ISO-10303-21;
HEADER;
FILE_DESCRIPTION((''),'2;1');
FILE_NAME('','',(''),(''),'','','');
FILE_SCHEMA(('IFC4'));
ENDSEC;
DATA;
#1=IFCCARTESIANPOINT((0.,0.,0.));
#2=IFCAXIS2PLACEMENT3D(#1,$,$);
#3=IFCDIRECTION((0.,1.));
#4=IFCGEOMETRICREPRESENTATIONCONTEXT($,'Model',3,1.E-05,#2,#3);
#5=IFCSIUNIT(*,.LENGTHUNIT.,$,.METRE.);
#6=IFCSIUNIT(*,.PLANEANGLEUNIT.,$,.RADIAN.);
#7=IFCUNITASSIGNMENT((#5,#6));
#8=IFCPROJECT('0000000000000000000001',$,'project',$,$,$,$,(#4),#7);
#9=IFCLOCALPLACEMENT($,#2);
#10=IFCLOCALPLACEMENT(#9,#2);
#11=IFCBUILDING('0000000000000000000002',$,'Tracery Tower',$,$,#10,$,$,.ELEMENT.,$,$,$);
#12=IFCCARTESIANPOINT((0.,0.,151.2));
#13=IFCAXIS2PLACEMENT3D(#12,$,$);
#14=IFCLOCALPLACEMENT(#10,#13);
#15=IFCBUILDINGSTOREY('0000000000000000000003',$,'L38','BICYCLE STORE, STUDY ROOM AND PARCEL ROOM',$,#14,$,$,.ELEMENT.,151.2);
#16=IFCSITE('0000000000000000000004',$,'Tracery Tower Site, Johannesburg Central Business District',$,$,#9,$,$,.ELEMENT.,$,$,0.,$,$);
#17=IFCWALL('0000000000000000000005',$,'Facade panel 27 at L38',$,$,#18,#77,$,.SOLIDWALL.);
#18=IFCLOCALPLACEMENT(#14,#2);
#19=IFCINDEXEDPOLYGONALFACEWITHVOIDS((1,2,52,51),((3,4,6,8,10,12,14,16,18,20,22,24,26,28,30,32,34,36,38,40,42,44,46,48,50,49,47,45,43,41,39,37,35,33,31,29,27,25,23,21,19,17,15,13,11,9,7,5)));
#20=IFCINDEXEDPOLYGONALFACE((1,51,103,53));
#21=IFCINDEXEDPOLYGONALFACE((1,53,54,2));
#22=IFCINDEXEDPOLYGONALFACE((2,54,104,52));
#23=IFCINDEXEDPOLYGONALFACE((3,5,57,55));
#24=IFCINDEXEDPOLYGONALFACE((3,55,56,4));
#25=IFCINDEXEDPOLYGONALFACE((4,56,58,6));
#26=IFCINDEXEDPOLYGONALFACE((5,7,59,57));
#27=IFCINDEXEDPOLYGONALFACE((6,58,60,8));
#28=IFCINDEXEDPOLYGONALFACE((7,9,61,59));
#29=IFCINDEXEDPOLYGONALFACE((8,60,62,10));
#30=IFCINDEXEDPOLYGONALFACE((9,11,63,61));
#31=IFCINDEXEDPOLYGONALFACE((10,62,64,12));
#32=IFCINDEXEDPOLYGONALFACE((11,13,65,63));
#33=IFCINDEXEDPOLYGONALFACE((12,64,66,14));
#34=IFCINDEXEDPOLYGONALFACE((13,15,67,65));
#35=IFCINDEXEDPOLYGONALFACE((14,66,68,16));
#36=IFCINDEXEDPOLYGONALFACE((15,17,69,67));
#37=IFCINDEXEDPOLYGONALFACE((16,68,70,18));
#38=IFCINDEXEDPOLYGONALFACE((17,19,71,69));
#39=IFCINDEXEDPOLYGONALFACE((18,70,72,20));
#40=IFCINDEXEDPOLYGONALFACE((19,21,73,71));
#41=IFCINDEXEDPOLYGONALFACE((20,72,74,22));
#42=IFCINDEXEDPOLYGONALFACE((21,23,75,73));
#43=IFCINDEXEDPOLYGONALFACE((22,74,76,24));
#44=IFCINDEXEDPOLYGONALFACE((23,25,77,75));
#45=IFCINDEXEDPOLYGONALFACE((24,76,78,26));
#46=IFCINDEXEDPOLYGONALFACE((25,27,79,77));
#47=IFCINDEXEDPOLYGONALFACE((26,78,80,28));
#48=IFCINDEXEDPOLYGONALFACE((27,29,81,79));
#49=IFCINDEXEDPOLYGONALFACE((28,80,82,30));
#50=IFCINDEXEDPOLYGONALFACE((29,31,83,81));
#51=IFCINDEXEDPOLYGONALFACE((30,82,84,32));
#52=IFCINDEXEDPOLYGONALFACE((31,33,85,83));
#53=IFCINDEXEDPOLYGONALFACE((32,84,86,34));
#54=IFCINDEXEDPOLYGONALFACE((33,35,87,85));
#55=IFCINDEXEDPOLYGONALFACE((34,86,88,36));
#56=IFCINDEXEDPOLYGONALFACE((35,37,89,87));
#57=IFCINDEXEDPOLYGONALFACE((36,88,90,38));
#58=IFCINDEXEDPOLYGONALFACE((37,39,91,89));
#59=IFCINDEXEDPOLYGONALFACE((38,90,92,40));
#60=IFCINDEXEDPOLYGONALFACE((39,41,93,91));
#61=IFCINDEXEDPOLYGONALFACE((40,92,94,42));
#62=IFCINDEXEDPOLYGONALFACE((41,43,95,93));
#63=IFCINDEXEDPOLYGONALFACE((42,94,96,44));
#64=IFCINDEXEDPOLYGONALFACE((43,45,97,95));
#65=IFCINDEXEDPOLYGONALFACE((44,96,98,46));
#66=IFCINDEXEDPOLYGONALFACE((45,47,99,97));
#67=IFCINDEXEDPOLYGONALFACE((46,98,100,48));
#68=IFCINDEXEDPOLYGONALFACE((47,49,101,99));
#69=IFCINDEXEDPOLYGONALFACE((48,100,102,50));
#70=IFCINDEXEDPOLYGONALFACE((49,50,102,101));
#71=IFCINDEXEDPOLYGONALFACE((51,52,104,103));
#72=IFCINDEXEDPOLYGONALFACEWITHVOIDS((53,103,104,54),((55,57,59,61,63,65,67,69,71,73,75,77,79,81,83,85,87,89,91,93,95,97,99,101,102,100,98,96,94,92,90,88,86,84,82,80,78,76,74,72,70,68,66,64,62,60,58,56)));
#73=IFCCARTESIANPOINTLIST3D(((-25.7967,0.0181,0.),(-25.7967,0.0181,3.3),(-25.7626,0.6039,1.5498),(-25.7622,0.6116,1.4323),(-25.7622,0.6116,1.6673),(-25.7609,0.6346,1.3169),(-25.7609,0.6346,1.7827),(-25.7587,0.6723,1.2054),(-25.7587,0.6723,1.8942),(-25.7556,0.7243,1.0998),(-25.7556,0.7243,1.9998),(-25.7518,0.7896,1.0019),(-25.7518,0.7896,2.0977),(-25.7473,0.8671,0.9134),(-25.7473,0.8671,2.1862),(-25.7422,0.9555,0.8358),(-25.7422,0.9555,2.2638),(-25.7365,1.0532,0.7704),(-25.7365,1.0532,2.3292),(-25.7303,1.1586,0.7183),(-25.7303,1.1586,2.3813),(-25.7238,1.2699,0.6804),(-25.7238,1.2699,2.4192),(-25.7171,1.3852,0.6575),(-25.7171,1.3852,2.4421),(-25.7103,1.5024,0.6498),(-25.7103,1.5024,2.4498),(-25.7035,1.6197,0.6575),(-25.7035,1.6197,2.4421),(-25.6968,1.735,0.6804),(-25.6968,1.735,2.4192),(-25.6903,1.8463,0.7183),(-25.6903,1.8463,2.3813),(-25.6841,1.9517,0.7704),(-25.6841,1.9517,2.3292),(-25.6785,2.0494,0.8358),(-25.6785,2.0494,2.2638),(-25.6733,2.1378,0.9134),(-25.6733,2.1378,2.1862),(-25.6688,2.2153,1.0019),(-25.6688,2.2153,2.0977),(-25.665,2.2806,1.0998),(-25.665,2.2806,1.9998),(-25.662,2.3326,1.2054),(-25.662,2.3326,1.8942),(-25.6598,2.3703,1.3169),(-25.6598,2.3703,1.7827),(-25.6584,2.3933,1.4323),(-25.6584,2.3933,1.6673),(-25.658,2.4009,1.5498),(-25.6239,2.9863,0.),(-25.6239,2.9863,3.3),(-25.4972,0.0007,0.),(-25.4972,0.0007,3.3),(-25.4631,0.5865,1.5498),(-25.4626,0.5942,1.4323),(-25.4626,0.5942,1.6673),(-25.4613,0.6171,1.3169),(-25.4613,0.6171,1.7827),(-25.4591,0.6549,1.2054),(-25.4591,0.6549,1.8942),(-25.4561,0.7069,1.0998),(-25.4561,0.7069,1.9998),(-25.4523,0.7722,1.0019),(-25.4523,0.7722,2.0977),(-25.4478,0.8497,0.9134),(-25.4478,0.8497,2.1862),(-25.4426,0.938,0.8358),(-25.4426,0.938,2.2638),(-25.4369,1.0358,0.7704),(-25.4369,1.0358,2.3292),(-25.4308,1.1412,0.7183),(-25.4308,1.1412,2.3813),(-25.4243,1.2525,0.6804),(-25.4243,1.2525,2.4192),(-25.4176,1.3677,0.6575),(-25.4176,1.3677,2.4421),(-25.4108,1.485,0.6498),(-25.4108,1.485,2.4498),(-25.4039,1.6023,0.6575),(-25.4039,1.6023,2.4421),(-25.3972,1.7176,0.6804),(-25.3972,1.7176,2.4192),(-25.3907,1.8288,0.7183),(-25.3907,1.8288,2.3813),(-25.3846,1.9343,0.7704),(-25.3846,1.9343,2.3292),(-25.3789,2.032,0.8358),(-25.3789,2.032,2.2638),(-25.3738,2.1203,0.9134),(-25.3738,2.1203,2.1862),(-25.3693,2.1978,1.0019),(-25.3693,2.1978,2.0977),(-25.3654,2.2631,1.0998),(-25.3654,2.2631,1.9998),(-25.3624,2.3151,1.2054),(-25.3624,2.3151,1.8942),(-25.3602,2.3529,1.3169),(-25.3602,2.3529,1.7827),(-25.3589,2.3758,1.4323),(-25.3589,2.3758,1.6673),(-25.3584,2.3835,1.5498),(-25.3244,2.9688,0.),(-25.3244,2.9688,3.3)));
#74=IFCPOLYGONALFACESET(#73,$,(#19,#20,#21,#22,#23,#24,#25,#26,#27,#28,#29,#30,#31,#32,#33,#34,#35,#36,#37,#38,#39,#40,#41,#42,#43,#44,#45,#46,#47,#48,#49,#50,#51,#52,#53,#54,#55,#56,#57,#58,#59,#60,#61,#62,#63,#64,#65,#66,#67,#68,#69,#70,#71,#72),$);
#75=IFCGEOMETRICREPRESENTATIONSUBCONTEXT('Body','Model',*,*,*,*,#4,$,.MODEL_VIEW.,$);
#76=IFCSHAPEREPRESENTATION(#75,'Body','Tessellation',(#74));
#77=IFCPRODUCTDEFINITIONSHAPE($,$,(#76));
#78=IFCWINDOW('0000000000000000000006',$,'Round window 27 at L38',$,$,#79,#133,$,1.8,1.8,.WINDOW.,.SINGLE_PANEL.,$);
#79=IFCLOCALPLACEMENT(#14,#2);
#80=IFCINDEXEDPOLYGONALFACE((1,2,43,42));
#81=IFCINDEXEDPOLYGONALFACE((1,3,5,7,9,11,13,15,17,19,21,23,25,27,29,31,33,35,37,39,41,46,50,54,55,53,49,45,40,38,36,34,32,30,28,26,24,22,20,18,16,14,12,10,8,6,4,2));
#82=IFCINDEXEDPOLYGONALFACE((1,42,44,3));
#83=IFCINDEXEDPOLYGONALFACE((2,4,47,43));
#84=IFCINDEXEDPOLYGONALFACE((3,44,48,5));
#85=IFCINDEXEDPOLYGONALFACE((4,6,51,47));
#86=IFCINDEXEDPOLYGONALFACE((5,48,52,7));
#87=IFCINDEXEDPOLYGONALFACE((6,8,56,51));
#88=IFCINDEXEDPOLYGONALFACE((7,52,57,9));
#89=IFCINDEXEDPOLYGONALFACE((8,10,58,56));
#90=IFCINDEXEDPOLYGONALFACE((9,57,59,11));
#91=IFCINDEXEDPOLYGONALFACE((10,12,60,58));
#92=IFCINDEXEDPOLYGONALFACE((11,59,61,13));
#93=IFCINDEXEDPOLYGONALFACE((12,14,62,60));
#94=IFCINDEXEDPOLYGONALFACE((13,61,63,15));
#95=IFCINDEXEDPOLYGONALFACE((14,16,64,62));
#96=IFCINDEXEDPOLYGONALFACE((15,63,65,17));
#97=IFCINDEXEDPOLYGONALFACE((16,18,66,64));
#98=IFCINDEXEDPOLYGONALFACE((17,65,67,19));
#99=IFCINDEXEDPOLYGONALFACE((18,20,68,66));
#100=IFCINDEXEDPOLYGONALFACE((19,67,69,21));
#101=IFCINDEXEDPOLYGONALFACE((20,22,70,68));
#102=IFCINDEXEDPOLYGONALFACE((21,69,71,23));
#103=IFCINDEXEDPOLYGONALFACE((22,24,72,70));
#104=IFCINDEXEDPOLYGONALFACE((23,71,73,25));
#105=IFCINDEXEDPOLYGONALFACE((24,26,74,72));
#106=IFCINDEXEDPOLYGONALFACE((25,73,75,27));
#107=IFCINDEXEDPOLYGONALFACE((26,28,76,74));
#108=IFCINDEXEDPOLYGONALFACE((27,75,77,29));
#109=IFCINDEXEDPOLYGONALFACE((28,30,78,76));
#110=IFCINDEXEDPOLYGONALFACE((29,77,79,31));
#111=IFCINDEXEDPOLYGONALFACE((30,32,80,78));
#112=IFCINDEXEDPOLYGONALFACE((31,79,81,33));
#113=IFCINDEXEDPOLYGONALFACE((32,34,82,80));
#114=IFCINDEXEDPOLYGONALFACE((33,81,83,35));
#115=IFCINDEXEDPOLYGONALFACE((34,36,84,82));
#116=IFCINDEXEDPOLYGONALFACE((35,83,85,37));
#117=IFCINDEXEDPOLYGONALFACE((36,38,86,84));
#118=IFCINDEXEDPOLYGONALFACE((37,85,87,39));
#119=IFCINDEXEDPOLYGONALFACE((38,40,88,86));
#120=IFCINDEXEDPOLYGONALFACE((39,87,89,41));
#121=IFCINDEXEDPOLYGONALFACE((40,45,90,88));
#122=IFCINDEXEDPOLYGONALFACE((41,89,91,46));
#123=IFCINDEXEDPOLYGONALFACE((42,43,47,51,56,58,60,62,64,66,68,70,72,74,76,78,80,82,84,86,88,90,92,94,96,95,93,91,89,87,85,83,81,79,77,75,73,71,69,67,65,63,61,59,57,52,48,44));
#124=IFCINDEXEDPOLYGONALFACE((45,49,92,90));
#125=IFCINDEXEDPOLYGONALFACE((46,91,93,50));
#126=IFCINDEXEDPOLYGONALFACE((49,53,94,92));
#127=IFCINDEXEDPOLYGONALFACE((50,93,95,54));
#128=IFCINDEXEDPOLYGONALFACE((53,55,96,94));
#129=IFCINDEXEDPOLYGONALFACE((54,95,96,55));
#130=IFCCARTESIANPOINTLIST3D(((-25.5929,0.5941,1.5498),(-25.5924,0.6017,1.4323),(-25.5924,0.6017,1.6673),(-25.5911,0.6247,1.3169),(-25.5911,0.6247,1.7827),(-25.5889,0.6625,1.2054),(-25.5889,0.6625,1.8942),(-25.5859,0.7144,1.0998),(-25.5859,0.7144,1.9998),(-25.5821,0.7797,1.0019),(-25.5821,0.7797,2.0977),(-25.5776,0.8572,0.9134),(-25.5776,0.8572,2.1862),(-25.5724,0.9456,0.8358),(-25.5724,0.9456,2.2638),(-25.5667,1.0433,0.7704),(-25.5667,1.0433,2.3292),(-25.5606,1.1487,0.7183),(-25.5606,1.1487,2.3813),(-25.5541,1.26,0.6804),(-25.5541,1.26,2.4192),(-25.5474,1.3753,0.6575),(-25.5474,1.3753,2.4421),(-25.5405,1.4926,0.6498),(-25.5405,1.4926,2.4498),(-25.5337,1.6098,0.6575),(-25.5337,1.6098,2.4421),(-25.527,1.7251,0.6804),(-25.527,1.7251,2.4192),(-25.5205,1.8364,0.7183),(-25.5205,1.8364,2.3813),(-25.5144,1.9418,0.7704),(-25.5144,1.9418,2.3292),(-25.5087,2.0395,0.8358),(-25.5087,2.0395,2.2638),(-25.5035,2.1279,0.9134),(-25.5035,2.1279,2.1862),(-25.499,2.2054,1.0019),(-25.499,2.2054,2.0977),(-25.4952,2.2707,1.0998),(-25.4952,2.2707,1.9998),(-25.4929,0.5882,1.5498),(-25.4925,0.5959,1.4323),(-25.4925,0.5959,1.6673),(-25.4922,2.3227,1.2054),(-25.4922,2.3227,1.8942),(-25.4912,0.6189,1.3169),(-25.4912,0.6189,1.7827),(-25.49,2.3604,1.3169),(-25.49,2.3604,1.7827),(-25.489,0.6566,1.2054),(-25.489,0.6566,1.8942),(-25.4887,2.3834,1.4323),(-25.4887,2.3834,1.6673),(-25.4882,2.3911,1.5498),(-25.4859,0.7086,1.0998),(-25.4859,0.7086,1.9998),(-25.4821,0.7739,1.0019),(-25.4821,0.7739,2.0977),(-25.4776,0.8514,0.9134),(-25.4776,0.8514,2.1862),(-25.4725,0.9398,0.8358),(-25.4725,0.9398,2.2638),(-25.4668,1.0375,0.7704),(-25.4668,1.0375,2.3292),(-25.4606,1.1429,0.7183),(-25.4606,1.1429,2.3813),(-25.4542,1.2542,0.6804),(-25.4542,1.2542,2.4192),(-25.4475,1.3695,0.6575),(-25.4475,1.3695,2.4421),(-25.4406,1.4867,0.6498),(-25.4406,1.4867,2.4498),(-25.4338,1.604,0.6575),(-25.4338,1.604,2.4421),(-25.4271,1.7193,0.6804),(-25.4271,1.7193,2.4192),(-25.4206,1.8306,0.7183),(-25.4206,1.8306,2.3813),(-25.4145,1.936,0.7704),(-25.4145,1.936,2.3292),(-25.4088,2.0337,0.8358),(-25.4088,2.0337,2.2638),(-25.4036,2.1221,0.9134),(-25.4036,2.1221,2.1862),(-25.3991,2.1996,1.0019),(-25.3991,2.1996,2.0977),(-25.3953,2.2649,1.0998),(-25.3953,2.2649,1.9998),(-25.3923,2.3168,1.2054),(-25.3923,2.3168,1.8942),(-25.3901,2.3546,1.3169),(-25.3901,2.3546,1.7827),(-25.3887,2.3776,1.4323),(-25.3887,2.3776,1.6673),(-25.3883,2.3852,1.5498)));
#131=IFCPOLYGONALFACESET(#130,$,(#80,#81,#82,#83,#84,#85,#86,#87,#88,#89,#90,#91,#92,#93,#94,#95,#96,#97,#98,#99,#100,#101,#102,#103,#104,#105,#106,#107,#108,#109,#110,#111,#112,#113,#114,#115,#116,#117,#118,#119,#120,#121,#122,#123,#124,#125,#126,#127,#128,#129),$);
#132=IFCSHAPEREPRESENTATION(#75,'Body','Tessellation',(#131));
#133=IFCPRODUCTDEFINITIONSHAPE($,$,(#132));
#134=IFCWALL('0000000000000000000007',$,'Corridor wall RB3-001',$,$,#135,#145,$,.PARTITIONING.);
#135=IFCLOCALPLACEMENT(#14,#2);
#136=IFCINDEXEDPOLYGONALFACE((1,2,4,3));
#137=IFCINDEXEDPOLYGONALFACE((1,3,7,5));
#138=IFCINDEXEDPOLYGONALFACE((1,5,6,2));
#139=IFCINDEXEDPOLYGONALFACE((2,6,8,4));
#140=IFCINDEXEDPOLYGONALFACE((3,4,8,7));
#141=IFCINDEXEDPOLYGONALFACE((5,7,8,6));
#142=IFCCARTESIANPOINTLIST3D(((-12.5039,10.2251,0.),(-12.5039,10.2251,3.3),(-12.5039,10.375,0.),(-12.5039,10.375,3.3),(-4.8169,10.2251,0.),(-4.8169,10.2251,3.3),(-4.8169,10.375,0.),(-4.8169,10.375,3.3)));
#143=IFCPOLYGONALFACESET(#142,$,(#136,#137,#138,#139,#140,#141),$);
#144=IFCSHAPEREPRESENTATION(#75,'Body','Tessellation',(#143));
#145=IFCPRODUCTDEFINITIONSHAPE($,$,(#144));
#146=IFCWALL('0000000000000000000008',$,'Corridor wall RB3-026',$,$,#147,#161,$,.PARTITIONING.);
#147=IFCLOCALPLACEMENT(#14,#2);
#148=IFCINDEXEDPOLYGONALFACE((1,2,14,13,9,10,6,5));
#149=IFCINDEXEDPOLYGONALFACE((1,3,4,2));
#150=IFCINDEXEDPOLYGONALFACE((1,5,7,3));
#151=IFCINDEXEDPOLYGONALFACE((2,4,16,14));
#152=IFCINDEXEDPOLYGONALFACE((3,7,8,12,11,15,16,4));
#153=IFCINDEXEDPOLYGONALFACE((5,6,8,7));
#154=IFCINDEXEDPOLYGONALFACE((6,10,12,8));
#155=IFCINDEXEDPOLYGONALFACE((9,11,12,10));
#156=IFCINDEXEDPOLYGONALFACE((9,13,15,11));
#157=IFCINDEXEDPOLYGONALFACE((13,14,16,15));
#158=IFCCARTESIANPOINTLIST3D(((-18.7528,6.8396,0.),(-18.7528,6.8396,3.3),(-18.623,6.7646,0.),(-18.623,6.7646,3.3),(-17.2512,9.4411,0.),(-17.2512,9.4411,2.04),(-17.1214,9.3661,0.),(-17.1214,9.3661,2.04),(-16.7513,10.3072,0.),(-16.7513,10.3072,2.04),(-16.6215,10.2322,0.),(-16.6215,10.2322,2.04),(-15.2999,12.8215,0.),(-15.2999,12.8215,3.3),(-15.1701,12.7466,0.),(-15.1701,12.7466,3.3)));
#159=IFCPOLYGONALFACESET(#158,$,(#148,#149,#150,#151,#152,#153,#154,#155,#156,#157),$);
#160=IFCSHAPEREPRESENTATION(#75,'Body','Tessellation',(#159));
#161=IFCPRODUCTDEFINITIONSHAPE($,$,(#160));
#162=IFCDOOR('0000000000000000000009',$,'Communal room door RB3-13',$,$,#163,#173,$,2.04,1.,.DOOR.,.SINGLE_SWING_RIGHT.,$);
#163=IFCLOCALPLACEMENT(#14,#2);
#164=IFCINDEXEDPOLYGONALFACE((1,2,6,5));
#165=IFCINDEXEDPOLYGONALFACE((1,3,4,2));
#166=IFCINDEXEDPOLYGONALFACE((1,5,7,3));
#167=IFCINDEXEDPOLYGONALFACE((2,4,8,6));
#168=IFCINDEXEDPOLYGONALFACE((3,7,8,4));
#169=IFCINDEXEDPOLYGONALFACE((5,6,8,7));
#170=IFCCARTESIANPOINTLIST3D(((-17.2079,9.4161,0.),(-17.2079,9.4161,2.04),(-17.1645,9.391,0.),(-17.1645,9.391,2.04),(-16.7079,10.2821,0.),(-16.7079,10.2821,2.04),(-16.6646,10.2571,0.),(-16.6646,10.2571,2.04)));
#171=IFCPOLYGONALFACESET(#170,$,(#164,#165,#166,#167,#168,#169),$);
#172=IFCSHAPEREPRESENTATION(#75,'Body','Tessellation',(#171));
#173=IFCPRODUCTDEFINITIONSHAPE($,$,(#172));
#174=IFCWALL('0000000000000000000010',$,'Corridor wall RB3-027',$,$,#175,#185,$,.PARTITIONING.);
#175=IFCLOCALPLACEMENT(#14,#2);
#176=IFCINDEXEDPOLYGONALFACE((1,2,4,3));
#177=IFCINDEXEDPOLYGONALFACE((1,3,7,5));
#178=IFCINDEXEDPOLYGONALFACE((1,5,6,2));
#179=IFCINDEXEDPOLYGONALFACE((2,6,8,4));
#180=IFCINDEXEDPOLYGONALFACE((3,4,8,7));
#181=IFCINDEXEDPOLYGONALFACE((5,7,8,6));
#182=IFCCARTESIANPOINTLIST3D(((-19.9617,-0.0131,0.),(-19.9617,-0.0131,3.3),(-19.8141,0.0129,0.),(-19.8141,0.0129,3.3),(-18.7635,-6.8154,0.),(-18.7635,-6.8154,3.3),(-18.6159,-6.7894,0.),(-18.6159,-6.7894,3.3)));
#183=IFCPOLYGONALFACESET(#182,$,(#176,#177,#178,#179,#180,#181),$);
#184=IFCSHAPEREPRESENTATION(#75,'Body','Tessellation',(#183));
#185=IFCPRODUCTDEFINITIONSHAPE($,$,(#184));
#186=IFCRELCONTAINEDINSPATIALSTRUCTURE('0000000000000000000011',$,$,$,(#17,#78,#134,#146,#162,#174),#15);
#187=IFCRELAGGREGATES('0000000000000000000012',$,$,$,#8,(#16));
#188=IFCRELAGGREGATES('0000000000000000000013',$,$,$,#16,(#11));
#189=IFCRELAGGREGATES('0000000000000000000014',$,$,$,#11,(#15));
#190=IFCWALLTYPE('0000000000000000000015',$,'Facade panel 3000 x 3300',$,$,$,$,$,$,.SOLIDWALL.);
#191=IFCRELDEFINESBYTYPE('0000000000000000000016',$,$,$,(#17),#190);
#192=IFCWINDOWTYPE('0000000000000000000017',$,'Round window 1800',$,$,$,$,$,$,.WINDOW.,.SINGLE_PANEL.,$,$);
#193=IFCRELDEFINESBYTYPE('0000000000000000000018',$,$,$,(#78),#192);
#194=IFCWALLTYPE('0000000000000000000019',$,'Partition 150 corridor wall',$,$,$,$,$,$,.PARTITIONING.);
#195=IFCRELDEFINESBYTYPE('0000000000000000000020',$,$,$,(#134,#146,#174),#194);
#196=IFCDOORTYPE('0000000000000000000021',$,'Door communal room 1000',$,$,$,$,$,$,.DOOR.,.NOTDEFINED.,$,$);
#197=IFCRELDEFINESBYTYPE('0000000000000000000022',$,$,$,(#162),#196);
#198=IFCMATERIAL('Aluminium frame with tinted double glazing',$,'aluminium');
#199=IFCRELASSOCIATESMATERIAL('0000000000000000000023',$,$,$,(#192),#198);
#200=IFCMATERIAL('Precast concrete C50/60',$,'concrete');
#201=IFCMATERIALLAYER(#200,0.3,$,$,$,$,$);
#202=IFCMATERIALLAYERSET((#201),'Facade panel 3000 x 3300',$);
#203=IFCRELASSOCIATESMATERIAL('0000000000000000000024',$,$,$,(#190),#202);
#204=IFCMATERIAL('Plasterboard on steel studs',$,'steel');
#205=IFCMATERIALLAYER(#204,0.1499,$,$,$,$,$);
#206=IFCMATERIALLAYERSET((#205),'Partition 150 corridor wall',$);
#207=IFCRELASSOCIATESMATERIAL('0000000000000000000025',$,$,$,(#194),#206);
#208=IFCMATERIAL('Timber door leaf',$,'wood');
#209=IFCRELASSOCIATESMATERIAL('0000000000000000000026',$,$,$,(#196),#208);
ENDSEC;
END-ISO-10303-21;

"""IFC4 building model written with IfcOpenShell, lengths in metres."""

from ifc_helpers import new_model, si_unit, direction, frame, frame_2d, origin, origin_2d, place, context, subcontext, project, spatial, rectangle, circle, extrude, material, layer, layer_set, type_object, element, fill, save


model = new_model("IFC4")

# Units and contexts
model_context = context("Model", 3, precision=1e-05, world=origin(), true_north=direction((0.0, 1.0)))
body_context = subcontext(model_context, "Body", "Model", "MODEL_VIEW")
ifc_project = project(units=[si_unit("LENGTHUNIT", "METRE"), si_unit("PLANEANGLEUNIT", "RADIAN")], contexts=[model_context])

# Site, building, storey
site_placement = place(None, origin())
site = spatial("IfcSite", under=ifc_project, at=site_placement, Name="Tracery Tower Site, Johannesburg Central Business District", CompositionType="ELEMENT", RefElevation=0.0)
building_placement = place(site_placement, origin())
building = spatial("IfcBuilding", under=site, at=building_placement, Name="Tracery Tower", CompositionType="ELEMENT")
storey_placement = place(building_placement, frame((0.0, 0.0, 151.2)))
storey = spatial("IfcBuildingStorey", under=building, at=storey_placement, Name="L38", Description="BICYCLE STORE, STUDY ROOM AND PARCEL ROOM", CompositionType="ELEMENT", Elevation=151.2)

# Wall, opening, window
ifc_material_1 = material(Name="Aluminium frame with tinted double glazing", Category="aluminium")
window_type = type_object("IfcWindowType", Name="Round window 1800", PartitioningType="SINGLE_PANEL", PredefinedType="WINDOW", material=ifc_material_1)
ifc_material_2 = material(Name="Precast concrete C50/60", Category="concrete")
ifc_layer_1 = layer(ifc_material_2, 0.3)
ifc_layer_set_1 = layer_set([ifc_layer_1], Name="Facade panel 3000 x 3300")
wall_type_1 = type_object("IfcWallType", Name="Facade panel 3000 x 3300", PredefinedType="SOLIDWALL", material=ifc_layer_set_1)
wall_1_placement = place(storey_placement, frame((-25.4741, 2.9775, 0.0), z_axis=(0.0, 0.0, 1.0), x_axis=(-0.05814, -0.998308, 0.0)))
wall_1 = element("IfcWall", 1, at=wall_1_placement, inside=storey, type_object=wall_type_1, Name="Facade panel 27 at L38", PredefinedType="SOLIDWALL", context=body_context, shape_type="SweptSolid", body=[
    extrude(rectangle(XDim=2.9731, YDim=0.3, at=frame_2d((1.4866, 0.0))), origin(), (0.0, 0.0, 1.0), 3.3),
])
opening_1_placement = place(wall_1_placement, frame((1.4863, 0.0, 1.5498)))
opening_1 = element("IfcOpeningElement", 2, at=opening_1_placement, cuts=wall_1, PredefinedType="OPENING", context=body_context, shape_type="SweptSolid", body=[
    extrude(circle(Radius=0.9, at=origin_2d()), frame((0.0, 0.1599, 0.0), z_axis=(0.0, -1.0, 0.0), x_axis=(1.0, 0.0, 0.0)), (0.0, 0.0, 1.0), 0.3201),
])
window_1_placement = place(opening_1_placement, origin())
window_1 = element("IfcWindow", 3, at=window_1_placement, inside=storey, type_object=window_type, Name="Round window 27 at L38", OverallHeight=1.8, OverallWidth=1.8, PartitioningType="SINGLE_PANEL", PredefinedType="WINDOW", context=body_context, shape_type="SweptSolid", body=[
    extrude(circle(Radius=0.9, at=origin_2d()), frame((0.0, 0.1201, 0.0), z_axis=(0.0, -1.0, 0.0), x_axis=(1.0, 0.0, 0.0)), (0.0, 0.0, 1.0), 0.1001),
])
fill(opening_1, window_1)

# Wall
ifc_material_3 = material(Name="Plasterboard on steel studs", Category="steel")
ifc_layer_2 = layer(ifc_material_3, 0.1499)
ifc_layer_set_2 = layer_set([ifc_layer_2], Name="Partition 150 corridor wall")
wall_type_2 = type_object("IfcWallType", Name="Partition 150 corridor wall", PredefinedType="PARTITIONING", material=ifc_layer_set_2)
wall_2_placement = place(storey_placement, frame((-12.5039, 10.3, 0.0), z_axis=(0.0, 0.0, 1.0), x_axis=(1.0, 0.0, 0.0)))
element("IfcWall", 4, at=wall_2_placement, inside=storey, type_object=wall_type_2, Name="Corridor wall RB3-001", PredefinedType="PARTITIONING", context=body_context, shape_type="SweptSolid", body=[
    extrude(rectangle(XDim=7.687, YDim=0.1499, at=frame_2d((3.8435, 0.0))), origin(), (0.0, 0.0, 1.0), 3.3),
])

# Wall, opening, door
wall_3_placement = place(storey_placement, frame((-18.688, 6.802, 0.0), z_axis=(0.0, 0.0, 1.0), x_axis=(0.499914, 0.866075, 0.0)))
wall_3 = element("IfcWall", 5, at=wall_3_placement, inside=storey, type_object=wall_type_2, Name="Corridor wall RB3-026", PredefinedType="PARTITIONING", context=body_context, shape_type="SweptSolid", body=[
    extrude(rectangle(XDim=6.907, YDim=0.1499, at=frame_2d((3.4536, 0.0))), origin(), (0.0, 0.0, 1.0), 3.3),
])
opening_2_placement = place(wall_3_placement, frame((3.0039, 0.0, 0.0)))
opening_2 = element("IfcOpeningElement", 6, at=opening_2_placement, cuts=wall_3, PredefinedType="OPENING", context=body_context, shape_type="SweptSolid", body=[
    extrude(rectangle(XDim=1.0, YDim=2.04, at=frame_2d((0.5, 1.02))), frame((0.0, 0.075, 0.0), z_axis=(0.0, -1.0, 0.0), x_axis=(1.0, 0.0, 0.0)), (0.0, 0.0, 1.0), 0.1499),
])
ifc_material_4 = material(Name="Timber door leaf", Category="wood")
door_type_1 = type_object("IfcDoorType", Name="Door communal room 1000", OperationType="NOTDEFINED", PredefinedType="DOOR", material=ifc_material_4)
door_1_placement = place(opening_2_placement, origin())
door_1 = element("IfcDoor", 7, at=door_1_placement, inside=storey, type_object=door_type_1, Name="Communal room door RB3-13", OperationType="SINGLE_SWING_RIGHT", OverallHeight=2.04, OverallWidth=1.0, PredefinedType="DOOR", context=body_context, shape_type="SweptSolid", body=[
    extrude(rectangle(XDim=1.0, YDim=2.04, at=frame_2d((0.5, 1.02))), frame((0.0, 0.0249, 0.0), z_axis=(0.0, -1.0, 0.0), x_axis=(1.0, 0.0, 0.0)), (0.0, 0.0, 1.0), 0.05),
])
fill(opening_2, door_1)

# Wall
wall_4_placement = place(storey_placement, frame((-19.8879, 0.0, 0.0), z_axis=(0.0, 0.0, 1.0), x_axis=(0.173483, -0.984837, 0.0)))
element("IfcWall", 8, at=wall_4_placement, inside=storey, type_object=wall_type_2, Name="Corridor wall RB3-027", PredefinedType="PARTITIONING", context=body_context, shape_type="SweptSolid", body=[
    extrude(rectangle(XDim=6.907, YDim=0.1499, at=frame_2d((3.4536, 0.0))), origin(), (0.0, 0.0, 1.0), 3.3),
])

save(model, "model.ifc")
